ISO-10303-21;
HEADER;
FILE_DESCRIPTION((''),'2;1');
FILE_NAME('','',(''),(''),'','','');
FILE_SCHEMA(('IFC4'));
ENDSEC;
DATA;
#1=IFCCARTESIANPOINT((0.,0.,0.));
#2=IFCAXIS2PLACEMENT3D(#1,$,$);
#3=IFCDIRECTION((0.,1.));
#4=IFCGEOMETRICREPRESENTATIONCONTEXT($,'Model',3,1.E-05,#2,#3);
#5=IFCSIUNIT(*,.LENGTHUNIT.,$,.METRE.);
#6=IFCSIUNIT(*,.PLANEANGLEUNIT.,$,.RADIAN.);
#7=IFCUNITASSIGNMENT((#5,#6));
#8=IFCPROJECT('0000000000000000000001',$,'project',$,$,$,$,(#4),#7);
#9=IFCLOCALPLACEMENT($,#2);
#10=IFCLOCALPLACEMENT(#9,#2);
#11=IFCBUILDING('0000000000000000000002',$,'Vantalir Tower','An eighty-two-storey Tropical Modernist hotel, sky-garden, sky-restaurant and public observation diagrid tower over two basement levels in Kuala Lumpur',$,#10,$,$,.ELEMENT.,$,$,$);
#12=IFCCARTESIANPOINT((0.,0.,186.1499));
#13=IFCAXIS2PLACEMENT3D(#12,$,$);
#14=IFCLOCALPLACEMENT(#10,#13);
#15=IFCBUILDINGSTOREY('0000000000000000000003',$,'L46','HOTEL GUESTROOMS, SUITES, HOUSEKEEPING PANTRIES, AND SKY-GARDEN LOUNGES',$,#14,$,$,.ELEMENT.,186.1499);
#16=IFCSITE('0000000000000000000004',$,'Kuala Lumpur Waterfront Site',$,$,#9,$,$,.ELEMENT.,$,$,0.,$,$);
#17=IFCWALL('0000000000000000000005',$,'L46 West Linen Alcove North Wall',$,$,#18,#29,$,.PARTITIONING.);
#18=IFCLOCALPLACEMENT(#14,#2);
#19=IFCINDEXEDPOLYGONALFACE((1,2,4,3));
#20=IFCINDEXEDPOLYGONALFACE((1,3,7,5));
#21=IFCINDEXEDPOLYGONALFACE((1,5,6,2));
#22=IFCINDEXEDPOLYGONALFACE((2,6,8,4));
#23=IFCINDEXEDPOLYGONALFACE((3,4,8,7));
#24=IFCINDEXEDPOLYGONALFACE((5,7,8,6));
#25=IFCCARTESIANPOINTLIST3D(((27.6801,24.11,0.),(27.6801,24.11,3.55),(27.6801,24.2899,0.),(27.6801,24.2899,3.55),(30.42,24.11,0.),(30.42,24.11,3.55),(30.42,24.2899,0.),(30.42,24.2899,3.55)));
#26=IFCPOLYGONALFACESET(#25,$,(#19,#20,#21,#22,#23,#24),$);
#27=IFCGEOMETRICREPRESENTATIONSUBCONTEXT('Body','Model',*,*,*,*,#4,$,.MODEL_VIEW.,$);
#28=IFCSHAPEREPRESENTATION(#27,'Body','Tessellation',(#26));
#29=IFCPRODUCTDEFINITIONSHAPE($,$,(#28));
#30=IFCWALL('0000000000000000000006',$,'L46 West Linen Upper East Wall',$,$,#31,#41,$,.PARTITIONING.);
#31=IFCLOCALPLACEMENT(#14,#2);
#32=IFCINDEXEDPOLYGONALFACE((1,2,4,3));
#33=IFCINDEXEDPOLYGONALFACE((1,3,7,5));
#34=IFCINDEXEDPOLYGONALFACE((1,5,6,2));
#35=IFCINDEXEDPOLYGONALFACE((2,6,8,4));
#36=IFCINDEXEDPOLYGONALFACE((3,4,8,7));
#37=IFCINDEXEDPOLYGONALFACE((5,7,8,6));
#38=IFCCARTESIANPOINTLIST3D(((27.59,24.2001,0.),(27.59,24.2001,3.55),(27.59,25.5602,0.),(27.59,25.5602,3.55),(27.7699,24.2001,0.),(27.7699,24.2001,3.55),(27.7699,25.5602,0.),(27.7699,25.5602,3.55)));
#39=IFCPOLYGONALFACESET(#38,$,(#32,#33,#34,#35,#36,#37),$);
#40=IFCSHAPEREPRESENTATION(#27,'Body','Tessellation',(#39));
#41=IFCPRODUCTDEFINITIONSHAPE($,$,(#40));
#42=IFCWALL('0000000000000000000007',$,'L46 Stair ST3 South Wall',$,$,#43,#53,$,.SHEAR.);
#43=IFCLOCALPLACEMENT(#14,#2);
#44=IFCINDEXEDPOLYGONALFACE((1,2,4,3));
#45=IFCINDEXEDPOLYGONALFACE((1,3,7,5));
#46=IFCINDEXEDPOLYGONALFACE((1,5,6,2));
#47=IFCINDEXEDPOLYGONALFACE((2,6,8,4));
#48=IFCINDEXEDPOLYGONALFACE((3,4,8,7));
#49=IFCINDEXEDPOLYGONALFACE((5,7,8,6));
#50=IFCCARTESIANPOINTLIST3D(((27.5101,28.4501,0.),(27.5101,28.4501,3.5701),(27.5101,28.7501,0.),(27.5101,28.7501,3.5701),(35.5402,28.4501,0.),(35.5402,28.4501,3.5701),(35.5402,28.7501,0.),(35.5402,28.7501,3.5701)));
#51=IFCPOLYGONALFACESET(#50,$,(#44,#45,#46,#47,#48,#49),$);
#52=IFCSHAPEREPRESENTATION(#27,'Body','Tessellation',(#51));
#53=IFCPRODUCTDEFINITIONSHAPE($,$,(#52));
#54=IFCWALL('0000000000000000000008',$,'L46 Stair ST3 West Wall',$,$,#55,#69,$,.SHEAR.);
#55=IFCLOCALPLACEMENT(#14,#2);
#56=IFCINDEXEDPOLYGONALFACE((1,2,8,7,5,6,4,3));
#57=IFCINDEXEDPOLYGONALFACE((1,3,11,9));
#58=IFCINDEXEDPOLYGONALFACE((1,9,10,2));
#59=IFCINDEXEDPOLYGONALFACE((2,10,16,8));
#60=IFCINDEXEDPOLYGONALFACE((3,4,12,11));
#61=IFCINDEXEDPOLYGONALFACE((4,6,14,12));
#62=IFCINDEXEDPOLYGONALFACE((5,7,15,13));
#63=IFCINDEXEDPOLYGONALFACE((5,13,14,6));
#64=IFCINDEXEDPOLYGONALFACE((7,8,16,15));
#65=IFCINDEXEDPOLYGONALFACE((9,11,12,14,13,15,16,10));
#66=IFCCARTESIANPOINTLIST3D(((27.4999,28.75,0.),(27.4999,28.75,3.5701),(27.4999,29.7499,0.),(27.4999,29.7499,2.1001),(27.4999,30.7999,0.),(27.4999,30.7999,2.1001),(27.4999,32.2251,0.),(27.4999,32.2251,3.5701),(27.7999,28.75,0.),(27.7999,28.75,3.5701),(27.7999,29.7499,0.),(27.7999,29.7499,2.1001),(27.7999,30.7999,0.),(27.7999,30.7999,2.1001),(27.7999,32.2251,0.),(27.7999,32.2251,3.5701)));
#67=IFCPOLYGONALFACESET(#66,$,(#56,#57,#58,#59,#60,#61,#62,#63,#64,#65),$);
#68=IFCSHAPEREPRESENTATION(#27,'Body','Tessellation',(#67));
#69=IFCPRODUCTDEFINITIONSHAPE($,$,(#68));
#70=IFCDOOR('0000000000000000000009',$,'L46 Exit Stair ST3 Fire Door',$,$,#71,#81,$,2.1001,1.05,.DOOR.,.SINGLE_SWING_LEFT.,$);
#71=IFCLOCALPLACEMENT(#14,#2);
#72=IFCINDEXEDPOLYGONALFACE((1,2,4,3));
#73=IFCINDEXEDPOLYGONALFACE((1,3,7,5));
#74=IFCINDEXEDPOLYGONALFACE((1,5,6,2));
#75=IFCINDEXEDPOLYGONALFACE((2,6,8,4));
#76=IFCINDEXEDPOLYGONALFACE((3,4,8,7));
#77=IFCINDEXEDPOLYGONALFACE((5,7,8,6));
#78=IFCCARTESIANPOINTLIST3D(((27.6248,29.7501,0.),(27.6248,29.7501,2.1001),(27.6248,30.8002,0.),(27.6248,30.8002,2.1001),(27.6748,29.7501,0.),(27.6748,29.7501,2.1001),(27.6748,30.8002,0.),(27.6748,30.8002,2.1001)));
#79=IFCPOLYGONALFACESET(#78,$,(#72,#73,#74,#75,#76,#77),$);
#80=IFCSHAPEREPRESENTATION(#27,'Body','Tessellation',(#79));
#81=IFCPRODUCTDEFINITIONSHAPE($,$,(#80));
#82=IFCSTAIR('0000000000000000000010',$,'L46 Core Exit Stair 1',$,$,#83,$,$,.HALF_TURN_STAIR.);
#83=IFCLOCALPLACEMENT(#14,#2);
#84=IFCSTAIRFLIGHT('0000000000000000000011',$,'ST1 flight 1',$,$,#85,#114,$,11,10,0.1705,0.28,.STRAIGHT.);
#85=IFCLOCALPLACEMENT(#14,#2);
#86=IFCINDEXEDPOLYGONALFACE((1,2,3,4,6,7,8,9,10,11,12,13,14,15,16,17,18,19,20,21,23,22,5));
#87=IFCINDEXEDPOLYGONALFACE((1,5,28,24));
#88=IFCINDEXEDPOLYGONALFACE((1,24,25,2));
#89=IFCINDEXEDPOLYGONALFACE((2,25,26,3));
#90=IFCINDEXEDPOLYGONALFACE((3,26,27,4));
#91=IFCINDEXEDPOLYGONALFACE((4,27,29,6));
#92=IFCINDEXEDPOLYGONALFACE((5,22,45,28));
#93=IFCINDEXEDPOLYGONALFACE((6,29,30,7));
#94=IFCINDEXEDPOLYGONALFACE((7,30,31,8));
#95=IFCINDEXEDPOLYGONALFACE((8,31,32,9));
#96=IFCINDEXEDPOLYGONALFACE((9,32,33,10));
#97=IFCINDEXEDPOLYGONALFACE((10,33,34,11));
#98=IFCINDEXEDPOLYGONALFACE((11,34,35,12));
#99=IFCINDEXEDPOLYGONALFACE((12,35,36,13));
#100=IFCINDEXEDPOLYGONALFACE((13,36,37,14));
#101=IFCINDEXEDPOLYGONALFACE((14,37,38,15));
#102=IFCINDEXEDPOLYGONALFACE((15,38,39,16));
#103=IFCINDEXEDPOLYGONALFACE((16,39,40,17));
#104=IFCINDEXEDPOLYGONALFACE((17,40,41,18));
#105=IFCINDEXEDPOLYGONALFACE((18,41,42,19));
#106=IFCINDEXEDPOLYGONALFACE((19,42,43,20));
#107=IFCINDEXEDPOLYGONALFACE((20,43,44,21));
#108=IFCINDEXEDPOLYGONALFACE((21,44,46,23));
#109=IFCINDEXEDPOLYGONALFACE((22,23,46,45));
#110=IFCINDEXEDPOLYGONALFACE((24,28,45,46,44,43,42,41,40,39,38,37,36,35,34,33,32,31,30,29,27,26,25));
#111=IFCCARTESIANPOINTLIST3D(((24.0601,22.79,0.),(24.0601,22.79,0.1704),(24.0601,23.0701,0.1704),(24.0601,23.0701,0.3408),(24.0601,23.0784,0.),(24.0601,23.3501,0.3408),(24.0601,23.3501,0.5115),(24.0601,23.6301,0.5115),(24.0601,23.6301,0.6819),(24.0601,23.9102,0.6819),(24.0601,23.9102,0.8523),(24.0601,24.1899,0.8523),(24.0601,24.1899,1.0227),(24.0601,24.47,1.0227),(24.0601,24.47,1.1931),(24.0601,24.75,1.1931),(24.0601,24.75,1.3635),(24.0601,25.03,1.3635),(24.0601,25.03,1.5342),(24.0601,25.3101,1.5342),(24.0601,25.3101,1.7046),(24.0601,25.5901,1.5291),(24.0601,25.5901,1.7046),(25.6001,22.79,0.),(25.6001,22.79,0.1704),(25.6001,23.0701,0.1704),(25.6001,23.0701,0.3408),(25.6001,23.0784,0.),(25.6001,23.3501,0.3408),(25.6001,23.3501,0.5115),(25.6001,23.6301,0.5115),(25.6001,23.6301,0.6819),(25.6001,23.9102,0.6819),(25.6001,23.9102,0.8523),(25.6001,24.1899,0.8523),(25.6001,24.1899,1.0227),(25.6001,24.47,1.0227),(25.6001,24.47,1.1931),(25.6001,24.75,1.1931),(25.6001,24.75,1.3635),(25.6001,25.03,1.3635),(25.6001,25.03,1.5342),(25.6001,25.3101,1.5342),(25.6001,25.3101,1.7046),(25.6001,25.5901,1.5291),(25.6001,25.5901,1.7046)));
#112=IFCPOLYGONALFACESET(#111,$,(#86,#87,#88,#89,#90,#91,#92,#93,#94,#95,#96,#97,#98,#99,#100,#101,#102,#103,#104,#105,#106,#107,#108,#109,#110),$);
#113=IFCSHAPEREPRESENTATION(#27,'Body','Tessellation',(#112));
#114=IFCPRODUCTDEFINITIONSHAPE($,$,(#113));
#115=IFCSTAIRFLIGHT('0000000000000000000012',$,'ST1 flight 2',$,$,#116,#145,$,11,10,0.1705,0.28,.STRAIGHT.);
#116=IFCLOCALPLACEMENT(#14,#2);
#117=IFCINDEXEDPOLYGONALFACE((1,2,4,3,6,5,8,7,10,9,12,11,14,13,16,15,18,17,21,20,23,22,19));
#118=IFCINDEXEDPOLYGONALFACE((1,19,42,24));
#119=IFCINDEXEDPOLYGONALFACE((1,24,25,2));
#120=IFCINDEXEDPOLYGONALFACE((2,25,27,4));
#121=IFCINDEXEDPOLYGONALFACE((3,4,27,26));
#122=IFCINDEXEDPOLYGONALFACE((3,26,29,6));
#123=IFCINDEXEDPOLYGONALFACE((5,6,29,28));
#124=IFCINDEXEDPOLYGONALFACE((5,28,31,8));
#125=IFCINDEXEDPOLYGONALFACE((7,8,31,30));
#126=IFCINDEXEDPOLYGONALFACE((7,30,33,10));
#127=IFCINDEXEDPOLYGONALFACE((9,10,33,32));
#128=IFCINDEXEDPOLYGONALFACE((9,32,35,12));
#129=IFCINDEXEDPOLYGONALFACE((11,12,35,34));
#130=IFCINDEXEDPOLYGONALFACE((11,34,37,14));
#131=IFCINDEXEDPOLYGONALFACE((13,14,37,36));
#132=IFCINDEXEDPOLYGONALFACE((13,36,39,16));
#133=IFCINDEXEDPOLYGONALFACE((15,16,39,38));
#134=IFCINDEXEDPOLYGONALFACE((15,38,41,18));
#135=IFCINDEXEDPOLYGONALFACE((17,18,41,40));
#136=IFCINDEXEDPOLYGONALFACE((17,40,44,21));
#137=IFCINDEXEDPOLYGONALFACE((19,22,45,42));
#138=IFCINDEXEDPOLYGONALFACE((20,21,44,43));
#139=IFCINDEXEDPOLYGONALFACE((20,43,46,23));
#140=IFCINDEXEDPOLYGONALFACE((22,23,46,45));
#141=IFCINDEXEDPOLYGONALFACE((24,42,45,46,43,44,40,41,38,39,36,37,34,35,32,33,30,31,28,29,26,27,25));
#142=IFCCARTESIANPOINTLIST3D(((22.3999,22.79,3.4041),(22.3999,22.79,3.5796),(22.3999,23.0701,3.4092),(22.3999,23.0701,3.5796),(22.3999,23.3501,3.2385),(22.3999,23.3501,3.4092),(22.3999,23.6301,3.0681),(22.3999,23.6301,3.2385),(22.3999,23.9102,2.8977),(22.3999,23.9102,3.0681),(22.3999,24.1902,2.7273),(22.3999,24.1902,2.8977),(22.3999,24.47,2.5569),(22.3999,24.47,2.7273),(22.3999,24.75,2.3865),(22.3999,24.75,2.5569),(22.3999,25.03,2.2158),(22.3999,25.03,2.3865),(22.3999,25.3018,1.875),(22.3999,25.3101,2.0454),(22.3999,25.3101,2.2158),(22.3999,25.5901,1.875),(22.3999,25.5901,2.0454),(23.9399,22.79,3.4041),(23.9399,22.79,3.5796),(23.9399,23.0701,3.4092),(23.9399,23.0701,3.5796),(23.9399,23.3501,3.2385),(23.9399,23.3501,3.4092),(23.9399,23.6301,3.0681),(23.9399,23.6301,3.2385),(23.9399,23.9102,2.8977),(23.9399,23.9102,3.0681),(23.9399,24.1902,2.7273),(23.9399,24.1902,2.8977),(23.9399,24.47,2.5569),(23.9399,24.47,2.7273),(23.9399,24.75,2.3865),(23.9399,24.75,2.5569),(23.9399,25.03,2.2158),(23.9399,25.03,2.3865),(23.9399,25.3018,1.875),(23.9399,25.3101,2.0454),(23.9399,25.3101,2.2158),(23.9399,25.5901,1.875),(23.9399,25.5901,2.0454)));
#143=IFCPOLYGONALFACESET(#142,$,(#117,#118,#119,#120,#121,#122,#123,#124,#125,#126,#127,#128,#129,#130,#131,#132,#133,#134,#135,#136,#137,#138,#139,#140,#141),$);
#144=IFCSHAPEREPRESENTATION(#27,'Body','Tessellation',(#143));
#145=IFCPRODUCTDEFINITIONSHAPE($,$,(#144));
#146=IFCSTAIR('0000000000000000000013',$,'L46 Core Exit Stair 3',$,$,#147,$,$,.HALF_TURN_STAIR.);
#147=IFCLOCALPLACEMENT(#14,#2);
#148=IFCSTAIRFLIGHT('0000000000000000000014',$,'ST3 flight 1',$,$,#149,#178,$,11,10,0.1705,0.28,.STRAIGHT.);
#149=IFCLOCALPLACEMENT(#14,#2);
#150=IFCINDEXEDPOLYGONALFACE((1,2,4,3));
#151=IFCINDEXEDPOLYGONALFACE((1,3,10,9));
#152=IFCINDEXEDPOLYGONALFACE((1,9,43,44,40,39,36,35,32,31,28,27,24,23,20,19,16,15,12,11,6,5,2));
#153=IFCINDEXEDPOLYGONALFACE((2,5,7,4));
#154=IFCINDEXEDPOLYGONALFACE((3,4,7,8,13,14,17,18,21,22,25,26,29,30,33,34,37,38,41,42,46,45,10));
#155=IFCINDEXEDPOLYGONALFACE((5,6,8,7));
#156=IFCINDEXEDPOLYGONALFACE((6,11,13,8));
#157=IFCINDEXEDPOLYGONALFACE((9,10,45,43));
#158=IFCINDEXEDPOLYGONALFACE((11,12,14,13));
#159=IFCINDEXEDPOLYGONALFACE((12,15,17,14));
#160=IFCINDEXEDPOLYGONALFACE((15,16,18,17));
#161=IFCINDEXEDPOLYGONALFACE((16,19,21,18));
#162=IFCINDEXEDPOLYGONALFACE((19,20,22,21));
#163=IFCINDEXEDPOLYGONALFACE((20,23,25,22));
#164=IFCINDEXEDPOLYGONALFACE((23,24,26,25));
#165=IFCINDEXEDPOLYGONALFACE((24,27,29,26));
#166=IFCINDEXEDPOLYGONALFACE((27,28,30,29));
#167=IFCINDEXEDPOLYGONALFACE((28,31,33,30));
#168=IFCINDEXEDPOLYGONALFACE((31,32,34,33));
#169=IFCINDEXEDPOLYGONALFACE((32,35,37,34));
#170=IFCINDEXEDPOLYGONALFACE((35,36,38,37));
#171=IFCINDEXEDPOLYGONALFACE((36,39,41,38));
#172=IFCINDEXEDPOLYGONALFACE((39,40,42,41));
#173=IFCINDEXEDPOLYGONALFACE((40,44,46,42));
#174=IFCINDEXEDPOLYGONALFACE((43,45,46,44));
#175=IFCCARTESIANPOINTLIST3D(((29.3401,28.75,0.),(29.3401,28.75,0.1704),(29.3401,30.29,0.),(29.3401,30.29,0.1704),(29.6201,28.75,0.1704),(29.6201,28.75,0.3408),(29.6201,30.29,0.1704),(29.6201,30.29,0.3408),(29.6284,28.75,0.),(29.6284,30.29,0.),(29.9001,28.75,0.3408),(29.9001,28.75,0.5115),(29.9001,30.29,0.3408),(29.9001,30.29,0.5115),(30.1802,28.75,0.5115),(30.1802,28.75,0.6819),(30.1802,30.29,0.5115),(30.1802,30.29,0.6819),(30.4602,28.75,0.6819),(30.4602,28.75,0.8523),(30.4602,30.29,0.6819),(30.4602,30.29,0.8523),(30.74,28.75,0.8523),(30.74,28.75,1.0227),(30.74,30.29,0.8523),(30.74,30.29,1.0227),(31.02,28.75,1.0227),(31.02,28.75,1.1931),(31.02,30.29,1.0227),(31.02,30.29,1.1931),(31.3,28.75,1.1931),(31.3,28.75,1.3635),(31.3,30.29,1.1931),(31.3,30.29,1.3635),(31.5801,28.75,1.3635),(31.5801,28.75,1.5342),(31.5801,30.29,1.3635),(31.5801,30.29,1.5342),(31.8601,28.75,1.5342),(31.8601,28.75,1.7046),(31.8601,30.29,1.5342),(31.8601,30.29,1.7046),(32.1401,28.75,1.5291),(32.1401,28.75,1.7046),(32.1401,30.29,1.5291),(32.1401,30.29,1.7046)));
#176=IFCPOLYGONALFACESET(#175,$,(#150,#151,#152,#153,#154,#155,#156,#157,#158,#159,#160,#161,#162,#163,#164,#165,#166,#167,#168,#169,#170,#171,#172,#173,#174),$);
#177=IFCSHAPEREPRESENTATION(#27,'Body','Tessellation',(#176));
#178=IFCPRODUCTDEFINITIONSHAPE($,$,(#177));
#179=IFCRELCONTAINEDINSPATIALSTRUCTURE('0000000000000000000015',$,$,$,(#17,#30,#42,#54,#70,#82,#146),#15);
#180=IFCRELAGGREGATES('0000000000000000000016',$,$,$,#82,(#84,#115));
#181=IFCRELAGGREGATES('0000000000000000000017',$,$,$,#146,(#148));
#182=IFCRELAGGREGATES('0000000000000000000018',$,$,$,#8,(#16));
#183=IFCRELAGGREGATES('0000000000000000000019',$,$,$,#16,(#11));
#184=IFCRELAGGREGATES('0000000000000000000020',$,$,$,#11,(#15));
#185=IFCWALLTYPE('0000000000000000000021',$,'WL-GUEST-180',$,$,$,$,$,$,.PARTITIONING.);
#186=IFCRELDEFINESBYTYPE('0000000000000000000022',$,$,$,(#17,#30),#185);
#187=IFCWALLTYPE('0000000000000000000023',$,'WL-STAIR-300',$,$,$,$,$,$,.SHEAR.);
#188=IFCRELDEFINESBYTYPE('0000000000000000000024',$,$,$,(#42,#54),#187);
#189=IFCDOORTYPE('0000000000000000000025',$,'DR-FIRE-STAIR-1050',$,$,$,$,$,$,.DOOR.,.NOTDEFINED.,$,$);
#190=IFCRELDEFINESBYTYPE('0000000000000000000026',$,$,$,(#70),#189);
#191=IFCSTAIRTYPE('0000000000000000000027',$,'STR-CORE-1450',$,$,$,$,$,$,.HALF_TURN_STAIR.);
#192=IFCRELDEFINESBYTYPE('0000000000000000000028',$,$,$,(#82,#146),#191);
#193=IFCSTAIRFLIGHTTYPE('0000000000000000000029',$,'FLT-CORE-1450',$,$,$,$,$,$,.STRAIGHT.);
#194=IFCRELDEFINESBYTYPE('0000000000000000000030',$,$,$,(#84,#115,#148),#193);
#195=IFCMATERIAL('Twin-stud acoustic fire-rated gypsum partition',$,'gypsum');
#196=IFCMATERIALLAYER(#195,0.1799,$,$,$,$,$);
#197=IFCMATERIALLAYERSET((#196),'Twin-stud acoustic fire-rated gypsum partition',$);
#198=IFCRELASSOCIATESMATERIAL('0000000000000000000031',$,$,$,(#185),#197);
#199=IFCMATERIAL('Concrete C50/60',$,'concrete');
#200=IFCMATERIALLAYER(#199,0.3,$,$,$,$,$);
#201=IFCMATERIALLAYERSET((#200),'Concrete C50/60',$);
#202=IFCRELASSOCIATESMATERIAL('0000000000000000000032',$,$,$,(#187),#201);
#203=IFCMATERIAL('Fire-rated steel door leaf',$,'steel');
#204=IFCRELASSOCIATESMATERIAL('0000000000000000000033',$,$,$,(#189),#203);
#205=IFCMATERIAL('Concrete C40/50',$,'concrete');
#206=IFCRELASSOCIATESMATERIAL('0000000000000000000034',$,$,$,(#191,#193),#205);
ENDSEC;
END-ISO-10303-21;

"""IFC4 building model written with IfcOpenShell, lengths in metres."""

from ifc_helpers import new_model, si_unit, direction, frame, frame_2d, origin, place, context, subcontext, project, spatial, polyline, rectangle, outline, extrude, material, layer, layer_set, type_object, element, fill, aggregate, save


model = new_model("IFC4")

# Units and contexts
model_context = context("Model", 3, precision=1e-05, world=origin(), true_north=direction((0.0, 1.0)))
body_context = subcontext(model_context, "Body", "Model", "MODEL_VIEW")
ifc_project = project(units=[si_unit("LENGTHUNIT", "METRE"), si_unit("PLANEANGLEUNIT", "RADIAN")], contexts=[model_context])

# Site, building, storey
site_placement = place(None, origin())
site = spatial("IfcSite", under=ifc_project, at=site_placement, Name="Kuala Lumpur Waterfront Site", CompositionType="ELEMENT", RefElevation=0.0)
building_placement = place(site_placement, origin())
building = spatial("IfcBuilding", under=site, at=building_placement, Name="Vantalir Tower", Description="An eighty-two-storey Tropical Modernist hotel, sky-garden, sky-restaurant and public observation diagrid tower over two basement levels in Kuala Lumpur", CompositionType="ELEMENT")
storey_placement = place(building_placement, frame((0.0, 0.0, 186.1499)))
storey = spatial("IfcBuildingStorey", under=building, at=storey_placement, Name="L46", Description="HOTEL GUESTROOMS, SUITES, HOUSEKEEPING PANTRIES, AND SKY-GARDEN LOUNGES", CompositionType="ELEMENT", Elevation=186.1499)

# Walls
ifc_material_1 = material(Name="Twin-stud acoustic fire-rated gypsum partition", Category="gypsum")
ifc_layer_1 = layer(ifc_material_1, 0.1799)
ifc_layer_set_1 = layer_set([ifc_layer_1], Name="Twin-stud acoustic fire-rated gypsum partition")
wall_type_1 = type_object("IfcWallType", Name="WL-GUEST-180", PredefinedType="PARTITIONING", material=ifc_layer_set_1)
wall_1_placement = place(storey_placement, frame((27.6799, 24.2, 0.0), z_axis=(0.0, 0.0, 1.0), x_axis=(1.0, 0.0, 0.0)))
element("IfcWall", 1, at=wall_1_placement, inside=storey, type_object=wall_type_1, Name="L46 West Linen Alcove North Wall", PredefinedType="PARTITIONING", context=body_context, shape_type="SweptSolid", body=[
    extrude(rectangle(XDim=2.74, YDim=0.1799, at=frame_2d((1.3701, 0.0))), origin(), (0.0, 0.0, 1.0), 3.55),
])
wall_2_placement = place(storey_placement, frame((27.6799, 24.2, 0.0), z_axis=(0.0, 0.0, 1.0), x_axis=(0.0, 1.0, 0.0)))
element("IfcWall", 2, at=wall_2_placement, inside=storey, type_object=wall_type_1, Name="L46 West Linen Upper East Wall", PredefinedType="PARTITIONING", context=body_context, shape_type="SweptSolid", body=[
    extrude(rectangle(XDim=1.3601, YDim=0.1799, at=frame_2d((0.6802, 0.0))), origin(), (0.0, 0.0, 1.0), 3.55),
])
ifc_material_2 = material(Name="Concrete C50/60", Category="concrete")
ifc_layer_2 = layer(ifc_material_2, 0.3)
ifc_layer_set_2 = layer_set([ifc_layer_2], Name="Concrete C50/60")
wall_type_2 = type_object("IfcWallType", Name="WL-STAIR-300", PredefinedType="SHEAR", material=ifc_layer_set_2)
wall_3_placement = place(storey_placement, frame((27.51, 28.6001, 0.0), z_axis=(0.0, 0.0, 1.0), x_axis=(1.0, 0.0, 0.0)))
element("IfcWall", 3, at=wall_3_placement, inside=storey, type_object=wall_type_2, Name="L46 Stair ST3 South Wall", PredefinedType="SHEAR", context=body_context, shape_type="SweptSolid", body=[
    extrude(rectangle(XDim=8.03, YDim=0.3, at=frame_2d((4.0151, 0.0))), origin(), (0.0, 0.0, 1.0), 3.5701),
])

# Wall, opening, door
wall_4_placement = place(storey_placement, frame((27.6499, 28.75, 0.0), z_axis=(0.0, 0.0, 1.0), x_axis=(0.0, 1.0, 0.0)))
wall_4 = element("IfcWall", 4, at=wall_4_placement, inside=storey, type_object=wall_type_2, Name="L46 Stair ST3 West Wall", PredefinedType="SHEAR", context=body_context, shape_type="SweptSolid", body=[
    extrude(rectangle(XDim=3.4751, YDim=0.3, at=frame_2d((1.7375, 0.0))), origin(), (0.0, 0.0, 1.0), 3.5701),
])
opening_1_placement = place(wall_4_placement, frame((1.0, 0.0, 0.0)))
opening_1 = element("IfcOpeningElement", 5, at=opening_1_placement, cuts=wall_4, PredefinedType="OPENING", context=body_context, shape_type="SweptSolid", body=[
    extrude(rectangle(XDim=1.05, YDim=2.1001, at=frame_2d((0.5249, 1.05))), frame((0.0, 0.1599, 0.0), z_axis=(0.0, -1.0, 0.0), x_axis=(1.0, 0.0, 0.0)), (0.0, 0.0, 1.0), 0.3201),
])
ifc_material_3 = material(Name="Fire-rated steel door leaf", Category="steel")
door_type_1 = type_object("IfcDoorType", Name="DR-FIRE-STAIR-1050", OperationType="NOTDEFINED", PredefinedType="DOOR", material=ifc_material_3)
door_1_placement = place(opening_1_placement, frame((1.05, 0.0, 0.0), z_axis=(0.0, 0.0, 1.0), x_axis=(-1.0, 0.0, 0.0)))
door_1 = element("IfcDoor", 6, at=door_1_placement, inside=storey, type_object=door_type_1, Name="L46 Exit Stair ST3 Fire Door", OperationType="SINGLE_SWING_LEFT", OverallHeight=2.1001, OverallWidth=1.05, PredefinedType="DOOR", context=body_context, shape_type="SweptSolid", body=[
    extrude(rectangle(XDim=1.05, YDim=2.1001, at=frame_2d((0.5249, 1.05))), frame((0.0, 0.0249, 0.0), z_axis=(0.0, -1.0, 0.0), x_axis=(1.0, 0.0, 0.0)), (0.0, 0.0, 1.0), 0.05),
])
fill(opening_1, door_1)

# Stair, stair flights
ifc_material_4 = material(Name="Concrete C40/50", Category="concrete")
stair_type = type_object("IfcStairType", Name="STR-CORE-1450", PredefinedType="HALF_TURN_STAIR", material=ifc_material_4)
stair_1_placement = place(storey_placement, origin())
stair_1 = element("IfcStair", 7, at=stair_1_placement, inside=storey, type_object=stair_type, Name="L46 Core Exit Stair 1", PredefinedType="HALF_TURN_STAIR")
stair_flight_type = type_object("IfcStairFlightType", Name="FLT-CORE-1450", PredefinedType="STRAIGHT", material=ifc_material_4)
stair_flight_1_placement = place(storey_placement, frame((24.8301, 22.79, 0.0), z_axis=(0.0, 0.0, 1.0), x_axis=(0.0, 1.0, 0.0)))
stair_flight_1 = element("IfcStairFlight", 8, at=stair_flight_1_placement, type_object=stair_flight_type, Name="ST1 flight 1", NumberOfRisers=11, NumberOfTreads=10, PredefinedType="STRAIGHT", RiserHeight=0.1705, TreadLength=0.28, context=body_context, shape_type="SweptSolid", body=[
    extrude(outline(polyline([(0.0, 0.0), (0.0, 0.1704), (0.28, 0.1704), (0.28, 0.3408), (0.5601, 0.3408), (0.5601, 0.5115), (0.8401, 0.5115), (0.8401, 0.6819), (1.1201, 0.6819), (1.1201, 0.8523), (1.3999, 0.8523), (1.3999, 1.0227), (1.6799, 1.0227), (1.6799, 1.1931), (1.96, 1.1931), (1.96, 1.3635), (2.24, 1.3635), (2.24, 1.5342), (2.52, 1.5342), (2.52, 1.7046), (2.8, 1.7046), (2.8, 1.875), (2.8, 1.5291), (0.2883, 0.0), (0.0, 0.0)])), frame((0.0, 0.77, 0.0), z_axis=(0.0, -1.0, 0.0), x_axis=(1.0, 0.0, 0.0)), (0.0, 0.0, 1.0), 1.54),
])
stair_flight_2_placement = place(storey_placement, frame((23.1699, 25.5901, 1.875), z_axis=(0.0, 0.0, 1.0), x_axis=(0.0, -1.0, 0.0)))
stair_flight_2 = element("IfcStairFlight", 9, at=stair_flight_2_placement, type_object=stair_flight_type, Name="ST1 flight 2", NumberOfRisers=11, NumberOfTreads=10, PredefinedType="STRAIGHT", RiserHeight=0.1705, TreadLength=0.28, context=body_context, shape_type="SweptSolid", body=[
    extrude(outline(polyline([(0.0, 0.0), (0.0, 0.1704), (0.28, 0.1704), (0.28, 0.3408), (0.5601, 0.3408), (0.5601, 0.5115), (0.8401, 0.5115), (0.8401, 0.6819), (1.1201, 0.6819), (1.1201, 0.8523), (1.3999, 0.8523), (1.3999, 1.0227), (1.6799, 1.0227), (1.6799, 1.1931), (1.96, 1.1931), (1.96, 1.3635), (2.24, 1.3635), (2.24, 1.5342), (2.52, 1.5342), (2.52, 1.7046), (2.8, 1.7046), (2.8, 1.875), (2.8, 1.5291), (0.2883, 0.0), (0.0, 0.0)])), frame((0.0, 0.77, 0.0), z_axis=(0.0, -1.0, 0.0), x_axis=(1.0, 0.0, 0.0)), (0.0, 0.0, 1.0), 1.54),
])
aggregate(stair_1, [stair_flight_1, stair_flight_2])

# Stair, stair flight
stair_2_placement = place(storey_placement, origin())
stair_2 = element("IfcStair", 10, at=stair_2_placement, inside=storey, type_object=stair_type, Name="L46 Core Exit Stair 3", PredefinedType="HALF_TURN_STAIR")
stair_flight_3_placement = place(storey_placement, frame((29.3401, 29.52, 0.0), z_axis=(0.0, 0.0, 1.0), x_axis=(1.0, 0.0, 0.0)))
stair_flight_3 = element("IfcStairFlight", 11, at=stair_flight_3_placement, type_object=stair_flight_type, Name="ST3 flight 1", NumberOfRisers=11, NumberOfTreads=10, PredefinedType="STRAIGHT", RiserHeight=0.1705, TreadLength=0.28, context=body_context, shape_type="SweptSolid", body=[
    extrude(outline(polyline([(0.0, 0.0), (0.0, 0.1704), (0.28, 0.1704), (0.28, 0.3408), (0.5601, 0.3408), (0.5601, 0.5115), (0.8401, 0.5115), (0.8401, 0.6819), (1.1201, 0.6819), (1.1201, 0.8523), (1.3999, 0.8523), (1.3999, 1.0227), (1.6799, 1.0227), (1.6799, 1.1931), (1.96, 1.1931), (1.96, 1.3635), (2.24, 1.3635), (2.24, 1.5342), (2.52, 1.5342), (2.52, 1.7046), (2.8, 1.7046), (2.8, 1.875), (2.8, 1.5291), (0.2883, 0.0), (0.0, 0.0)])), frame((0.0, 0.77, 0.0), z_axis=(0.0, -1.0, 0.0), x_axis=(1.0, 0.0, 0.0)), (0.0, 0.0, 1.0), 1.54),
])
aggregate(stair_2, [stair_flight_3])

save(model, "model.ifc")
